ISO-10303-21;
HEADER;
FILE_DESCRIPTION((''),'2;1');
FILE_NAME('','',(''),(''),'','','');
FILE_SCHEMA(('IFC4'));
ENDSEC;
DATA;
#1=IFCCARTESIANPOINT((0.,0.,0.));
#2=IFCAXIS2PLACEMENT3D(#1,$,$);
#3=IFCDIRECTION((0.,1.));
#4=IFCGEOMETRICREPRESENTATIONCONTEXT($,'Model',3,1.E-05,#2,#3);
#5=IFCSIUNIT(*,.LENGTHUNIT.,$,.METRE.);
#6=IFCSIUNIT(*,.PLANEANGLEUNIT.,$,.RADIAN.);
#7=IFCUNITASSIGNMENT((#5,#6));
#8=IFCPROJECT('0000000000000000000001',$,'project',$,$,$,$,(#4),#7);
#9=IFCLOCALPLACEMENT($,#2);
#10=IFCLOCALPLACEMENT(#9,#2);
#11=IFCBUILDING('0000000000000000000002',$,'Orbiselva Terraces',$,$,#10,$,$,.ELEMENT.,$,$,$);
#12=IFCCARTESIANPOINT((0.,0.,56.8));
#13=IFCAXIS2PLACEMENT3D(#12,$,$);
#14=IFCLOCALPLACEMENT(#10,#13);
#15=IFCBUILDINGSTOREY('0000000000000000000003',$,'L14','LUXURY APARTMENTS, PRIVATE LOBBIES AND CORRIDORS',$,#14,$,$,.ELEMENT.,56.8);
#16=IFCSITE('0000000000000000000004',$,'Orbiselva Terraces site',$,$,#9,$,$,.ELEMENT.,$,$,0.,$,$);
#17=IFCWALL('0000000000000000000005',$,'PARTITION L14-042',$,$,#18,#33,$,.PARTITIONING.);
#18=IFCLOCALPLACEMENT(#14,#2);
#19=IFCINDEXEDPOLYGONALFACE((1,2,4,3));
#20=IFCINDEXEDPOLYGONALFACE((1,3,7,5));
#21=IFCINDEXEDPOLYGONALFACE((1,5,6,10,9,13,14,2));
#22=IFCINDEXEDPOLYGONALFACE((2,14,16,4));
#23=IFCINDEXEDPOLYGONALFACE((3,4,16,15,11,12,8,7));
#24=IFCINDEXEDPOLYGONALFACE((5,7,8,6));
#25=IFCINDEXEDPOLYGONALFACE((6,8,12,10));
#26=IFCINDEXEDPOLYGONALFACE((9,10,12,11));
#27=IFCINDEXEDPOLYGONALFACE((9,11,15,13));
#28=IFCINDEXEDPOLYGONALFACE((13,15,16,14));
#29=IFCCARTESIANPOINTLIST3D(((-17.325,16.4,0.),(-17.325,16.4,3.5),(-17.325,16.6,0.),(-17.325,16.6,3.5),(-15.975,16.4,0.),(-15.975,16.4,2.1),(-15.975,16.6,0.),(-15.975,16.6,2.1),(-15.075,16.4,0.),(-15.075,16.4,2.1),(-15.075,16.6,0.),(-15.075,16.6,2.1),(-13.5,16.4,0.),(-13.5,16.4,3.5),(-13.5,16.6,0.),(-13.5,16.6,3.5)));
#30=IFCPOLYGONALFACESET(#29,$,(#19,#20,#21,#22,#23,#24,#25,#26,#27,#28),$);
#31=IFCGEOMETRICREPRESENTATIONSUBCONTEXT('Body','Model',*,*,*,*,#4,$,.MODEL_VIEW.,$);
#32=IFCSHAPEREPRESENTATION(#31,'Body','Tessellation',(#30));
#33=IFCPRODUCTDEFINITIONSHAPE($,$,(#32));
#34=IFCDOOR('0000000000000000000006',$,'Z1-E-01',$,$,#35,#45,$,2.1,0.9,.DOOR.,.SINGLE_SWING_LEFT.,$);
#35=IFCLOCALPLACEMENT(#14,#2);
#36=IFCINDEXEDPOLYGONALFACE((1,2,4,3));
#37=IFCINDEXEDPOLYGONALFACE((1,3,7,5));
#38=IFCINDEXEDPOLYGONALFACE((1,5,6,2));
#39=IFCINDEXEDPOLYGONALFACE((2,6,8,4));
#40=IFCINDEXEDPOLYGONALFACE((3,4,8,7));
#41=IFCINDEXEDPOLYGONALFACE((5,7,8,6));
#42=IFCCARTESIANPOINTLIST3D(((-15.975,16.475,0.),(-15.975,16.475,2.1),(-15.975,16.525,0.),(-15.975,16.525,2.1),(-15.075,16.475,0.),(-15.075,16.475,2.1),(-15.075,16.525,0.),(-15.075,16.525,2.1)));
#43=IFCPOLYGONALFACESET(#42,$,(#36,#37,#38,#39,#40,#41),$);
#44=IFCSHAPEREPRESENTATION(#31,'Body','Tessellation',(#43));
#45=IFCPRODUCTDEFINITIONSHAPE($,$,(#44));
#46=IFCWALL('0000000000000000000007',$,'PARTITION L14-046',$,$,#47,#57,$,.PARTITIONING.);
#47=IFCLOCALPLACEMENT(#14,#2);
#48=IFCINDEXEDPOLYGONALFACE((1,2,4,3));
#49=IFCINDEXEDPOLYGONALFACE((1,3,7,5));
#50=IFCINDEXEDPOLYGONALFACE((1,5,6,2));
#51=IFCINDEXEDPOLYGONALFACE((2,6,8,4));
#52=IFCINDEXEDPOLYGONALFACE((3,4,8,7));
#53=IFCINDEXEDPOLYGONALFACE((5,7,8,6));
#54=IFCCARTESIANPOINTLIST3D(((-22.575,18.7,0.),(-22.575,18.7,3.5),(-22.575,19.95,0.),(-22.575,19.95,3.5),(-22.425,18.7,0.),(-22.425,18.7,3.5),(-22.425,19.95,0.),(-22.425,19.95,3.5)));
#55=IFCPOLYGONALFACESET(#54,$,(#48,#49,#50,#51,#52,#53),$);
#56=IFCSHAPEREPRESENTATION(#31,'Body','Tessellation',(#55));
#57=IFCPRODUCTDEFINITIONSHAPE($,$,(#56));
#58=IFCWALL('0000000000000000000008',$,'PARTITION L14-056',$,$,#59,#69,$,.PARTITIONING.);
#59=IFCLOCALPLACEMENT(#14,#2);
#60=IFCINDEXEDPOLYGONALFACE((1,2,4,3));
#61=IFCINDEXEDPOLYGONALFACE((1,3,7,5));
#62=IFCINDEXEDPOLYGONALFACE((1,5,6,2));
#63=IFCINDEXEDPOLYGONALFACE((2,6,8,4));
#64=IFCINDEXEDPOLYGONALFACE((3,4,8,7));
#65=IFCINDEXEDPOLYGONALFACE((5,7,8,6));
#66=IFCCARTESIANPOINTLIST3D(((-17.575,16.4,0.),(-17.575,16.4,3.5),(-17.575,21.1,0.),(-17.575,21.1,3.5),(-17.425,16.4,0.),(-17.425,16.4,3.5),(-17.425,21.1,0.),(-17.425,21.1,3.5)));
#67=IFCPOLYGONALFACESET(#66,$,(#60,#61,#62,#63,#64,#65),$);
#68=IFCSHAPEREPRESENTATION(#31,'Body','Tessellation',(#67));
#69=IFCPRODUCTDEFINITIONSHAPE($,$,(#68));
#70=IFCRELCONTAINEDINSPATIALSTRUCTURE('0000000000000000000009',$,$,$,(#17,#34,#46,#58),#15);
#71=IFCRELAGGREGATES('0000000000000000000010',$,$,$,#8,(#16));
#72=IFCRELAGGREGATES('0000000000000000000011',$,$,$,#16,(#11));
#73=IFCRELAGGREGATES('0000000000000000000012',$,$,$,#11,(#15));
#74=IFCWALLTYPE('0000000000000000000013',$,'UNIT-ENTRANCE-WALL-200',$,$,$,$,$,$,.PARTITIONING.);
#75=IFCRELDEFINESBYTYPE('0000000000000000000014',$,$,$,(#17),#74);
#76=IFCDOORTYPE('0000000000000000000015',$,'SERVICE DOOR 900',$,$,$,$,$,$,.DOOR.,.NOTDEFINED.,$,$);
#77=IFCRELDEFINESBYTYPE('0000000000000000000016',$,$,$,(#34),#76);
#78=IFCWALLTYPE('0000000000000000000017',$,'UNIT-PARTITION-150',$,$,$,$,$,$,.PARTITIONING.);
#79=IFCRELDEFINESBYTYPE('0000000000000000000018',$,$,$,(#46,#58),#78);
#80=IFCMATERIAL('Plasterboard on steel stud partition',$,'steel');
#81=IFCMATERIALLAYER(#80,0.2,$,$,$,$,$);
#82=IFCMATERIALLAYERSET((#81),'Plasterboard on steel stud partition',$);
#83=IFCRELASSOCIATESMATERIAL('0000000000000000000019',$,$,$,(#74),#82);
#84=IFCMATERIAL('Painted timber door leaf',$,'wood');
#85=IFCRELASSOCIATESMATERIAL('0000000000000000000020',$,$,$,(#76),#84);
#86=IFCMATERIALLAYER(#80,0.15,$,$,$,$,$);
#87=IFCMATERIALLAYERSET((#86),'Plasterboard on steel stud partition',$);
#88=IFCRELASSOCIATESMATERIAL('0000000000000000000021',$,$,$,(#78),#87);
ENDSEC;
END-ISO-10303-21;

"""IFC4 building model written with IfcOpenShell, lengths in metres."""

from ifc_helpers import new_model, si_unit, direction, frame, frame_2d, origin, place, context, subcontext, project, spatial, rectangle, extrude, material, layer, layer_set, type_object, element, fill, save


model = new_model("IFC4")

# Units and contexts
model_context = context("Model", 3, precision=1e-05, world=origin(), true_north=direction((0.0, 1.0)))
body_context = subcontext(model_context, "Body", "Model", "MODEL_VIEW")
ifc_project = project(units=[si_unit("LENGTHUNIT", "METRE"), si_unit("PLANEANGLEUNIT", "RADIAN")], contexts=[model_context])

# Site, building, storey
site_placement = place(None, origin())
site = spatial("IfcSite", under=ifc_project, at=site_placement, Name="Orbiselva Terraces site", CompositionType="ELEMENT", RefElevation=0.0)
building_placement = place(site_placement, origin())
building = spatial("IfcBuilding", under=site, at=building_placement, Name="Orbiselva Terraces", CompositionType="ELEMENT")
storey_placement = place(building_placement, frame((0.0, 0.0, 56.8)))
storey = spatial("IfcBuildingStorey", under=building, at=storey_placement, Name="L14", Description="LUXURY APARTMENTS, PRIVATE LOBBIES AND CORRIDORS", CompositionType="ELEMENT", Elevation=56.8)

# Wall, opening, door
ifc_material_1 = material(Name="Plasterboard on steel stud partition", Category="steel")
ifc_layer_1 = layer(ifc_material_1, 0.2)
ifc_layer_set_1 = layer_set([ifc_layer_1], Name="Plasterboard on steel stud partition")
wall_type_1 = type_object("IfcWallType", Name="UNIT-ENTRANCE-WALL-200", PredefinedType="PARTITIONING", material=ifc_layer_set_1)
wall_1_placement = place(storey_placement, frame((-17.325, 16.5, 0.0), z_axis=(0.0, 0.0, 1.0), x_axis=(1.0, 0.0, 0.0)))
wall_1 = element("IfcWall", 1, at=wall_1_placement, inside=storey, type_object=wall_type_1, Name="PARTITION L14-042", PredefinedType="PARTITIONING", context=body_context, shape_type="SweptSolid", body=[
    extrude(rectangle(XDim=3.825, YDim=0.2, at=frame_2d((1.9125, 0.0))), origin(), (0.0, 0.0, 1.0), 3.5),
])
opening_1_placement = place(wall_1_placement, frame((1.35, 0.0, 0.0)))
opening_1 = element("IfcOpeningElement", 2, at=opening_1_placement, cuts=wall_1, PredefinedType="OPENING", context=body_context, shape_type="SweptSolid", body=[
    extrude(rectangle(XDim=0.9, YDim=2.1, at=frame_2d((0.45, 1.05))), frame((0.0, 0.11, 0.0), z_axis=(0.0, -1.0, 0.0), x_axis=(1.0, 0.0, 0.0)), (0.0, 0.0, 1.0), 0.22),
])
ifc_material_2 = material(Name="Painted timber door leaf", Category="wood")
door_type_1 = type_object("IfcDoorType", Name="SERVICE DOOR 900", OperationType="NOTDEFINED", PredefinedType="DOOR", material=ifc_material_2)
door_1_placement = place(opening_1_placement, origin())
door_1 = element("IfcDoor", 3, at=door_1_placement, inside=storey, type_object=door_type_1, Name="Z1-E-01", OperationType="SINGLE_SWING_LEFT", OverallHeight=2.1, OverallWidth=0.9, PredefinedType="DOOR", context=body_context, shape_type="SweptSolid", body=[
    extrude(rectangle(XDim=0.9, YDim=2.1, at=frame_2d((0.45, 1.05))), frame((0.0, 0.025, 0.0), z_axis=(0.0, -1.0, 0.0), x_axis=(1.0, 0.0, 0.0)), (0.0, 0.0, 1.0), 0.05),
])
fill(opening_1, door_1)

# Walls
ifc_layer_2 = layer(ifc_material_1, 0.15)
ifc_layer_set_2 = layer_set([ifc_layer_2], Name="Plasterboard on steel stud partition")
wall_type_2 = type_object("IfcWallType", Name="UNIT-PARTITION-150", PredefinedType="PARTITIONING", material=ifc_layer_set_2)
wall_2_placement = place(storey_placement, frame((-22.5, 18.7, 0.0), z_axis=(0.0, 0.0, 1.0), x_axis=(0.0, 1.0, 0.0)))
element("IfcWall", 4, at=wall_2_placement, inside=storey, type_object=wall_type_2, Name="PARTITION L14-046", PredefinedType="PARTITIONING", context=body_context, shape_type="SweptSolid", body=[
    extrude(rectangle(XDim=1.25, YDim=0.15, at=frame_2d((0.625, 0.0))), origin(), (0.0, 0.0, 1.0), 3.5),
])
wall_3_placement = place(storey_placement, frame((-17.5, 16.4, 0.0), z_axis=(0.0, 0.0, 1.0), x_axis=(0.0, 1.0, 0.0)))
element("IfcWall", 5, at=wall_3_placement, inside=storey, type_object=wall_type_2, Name="PARTITION L14-056", PredefinedType="PARTITIONING", context=body_context, shape_type="SweptSolid", body=[
    extrude(rectangle(XDim=4.7, YDim=0.15, at=frame_2d((2.35, 0.0))), origin(), (0.0, 0.0, 1.0), 3.5),
])

save(model, "model.ifc")
